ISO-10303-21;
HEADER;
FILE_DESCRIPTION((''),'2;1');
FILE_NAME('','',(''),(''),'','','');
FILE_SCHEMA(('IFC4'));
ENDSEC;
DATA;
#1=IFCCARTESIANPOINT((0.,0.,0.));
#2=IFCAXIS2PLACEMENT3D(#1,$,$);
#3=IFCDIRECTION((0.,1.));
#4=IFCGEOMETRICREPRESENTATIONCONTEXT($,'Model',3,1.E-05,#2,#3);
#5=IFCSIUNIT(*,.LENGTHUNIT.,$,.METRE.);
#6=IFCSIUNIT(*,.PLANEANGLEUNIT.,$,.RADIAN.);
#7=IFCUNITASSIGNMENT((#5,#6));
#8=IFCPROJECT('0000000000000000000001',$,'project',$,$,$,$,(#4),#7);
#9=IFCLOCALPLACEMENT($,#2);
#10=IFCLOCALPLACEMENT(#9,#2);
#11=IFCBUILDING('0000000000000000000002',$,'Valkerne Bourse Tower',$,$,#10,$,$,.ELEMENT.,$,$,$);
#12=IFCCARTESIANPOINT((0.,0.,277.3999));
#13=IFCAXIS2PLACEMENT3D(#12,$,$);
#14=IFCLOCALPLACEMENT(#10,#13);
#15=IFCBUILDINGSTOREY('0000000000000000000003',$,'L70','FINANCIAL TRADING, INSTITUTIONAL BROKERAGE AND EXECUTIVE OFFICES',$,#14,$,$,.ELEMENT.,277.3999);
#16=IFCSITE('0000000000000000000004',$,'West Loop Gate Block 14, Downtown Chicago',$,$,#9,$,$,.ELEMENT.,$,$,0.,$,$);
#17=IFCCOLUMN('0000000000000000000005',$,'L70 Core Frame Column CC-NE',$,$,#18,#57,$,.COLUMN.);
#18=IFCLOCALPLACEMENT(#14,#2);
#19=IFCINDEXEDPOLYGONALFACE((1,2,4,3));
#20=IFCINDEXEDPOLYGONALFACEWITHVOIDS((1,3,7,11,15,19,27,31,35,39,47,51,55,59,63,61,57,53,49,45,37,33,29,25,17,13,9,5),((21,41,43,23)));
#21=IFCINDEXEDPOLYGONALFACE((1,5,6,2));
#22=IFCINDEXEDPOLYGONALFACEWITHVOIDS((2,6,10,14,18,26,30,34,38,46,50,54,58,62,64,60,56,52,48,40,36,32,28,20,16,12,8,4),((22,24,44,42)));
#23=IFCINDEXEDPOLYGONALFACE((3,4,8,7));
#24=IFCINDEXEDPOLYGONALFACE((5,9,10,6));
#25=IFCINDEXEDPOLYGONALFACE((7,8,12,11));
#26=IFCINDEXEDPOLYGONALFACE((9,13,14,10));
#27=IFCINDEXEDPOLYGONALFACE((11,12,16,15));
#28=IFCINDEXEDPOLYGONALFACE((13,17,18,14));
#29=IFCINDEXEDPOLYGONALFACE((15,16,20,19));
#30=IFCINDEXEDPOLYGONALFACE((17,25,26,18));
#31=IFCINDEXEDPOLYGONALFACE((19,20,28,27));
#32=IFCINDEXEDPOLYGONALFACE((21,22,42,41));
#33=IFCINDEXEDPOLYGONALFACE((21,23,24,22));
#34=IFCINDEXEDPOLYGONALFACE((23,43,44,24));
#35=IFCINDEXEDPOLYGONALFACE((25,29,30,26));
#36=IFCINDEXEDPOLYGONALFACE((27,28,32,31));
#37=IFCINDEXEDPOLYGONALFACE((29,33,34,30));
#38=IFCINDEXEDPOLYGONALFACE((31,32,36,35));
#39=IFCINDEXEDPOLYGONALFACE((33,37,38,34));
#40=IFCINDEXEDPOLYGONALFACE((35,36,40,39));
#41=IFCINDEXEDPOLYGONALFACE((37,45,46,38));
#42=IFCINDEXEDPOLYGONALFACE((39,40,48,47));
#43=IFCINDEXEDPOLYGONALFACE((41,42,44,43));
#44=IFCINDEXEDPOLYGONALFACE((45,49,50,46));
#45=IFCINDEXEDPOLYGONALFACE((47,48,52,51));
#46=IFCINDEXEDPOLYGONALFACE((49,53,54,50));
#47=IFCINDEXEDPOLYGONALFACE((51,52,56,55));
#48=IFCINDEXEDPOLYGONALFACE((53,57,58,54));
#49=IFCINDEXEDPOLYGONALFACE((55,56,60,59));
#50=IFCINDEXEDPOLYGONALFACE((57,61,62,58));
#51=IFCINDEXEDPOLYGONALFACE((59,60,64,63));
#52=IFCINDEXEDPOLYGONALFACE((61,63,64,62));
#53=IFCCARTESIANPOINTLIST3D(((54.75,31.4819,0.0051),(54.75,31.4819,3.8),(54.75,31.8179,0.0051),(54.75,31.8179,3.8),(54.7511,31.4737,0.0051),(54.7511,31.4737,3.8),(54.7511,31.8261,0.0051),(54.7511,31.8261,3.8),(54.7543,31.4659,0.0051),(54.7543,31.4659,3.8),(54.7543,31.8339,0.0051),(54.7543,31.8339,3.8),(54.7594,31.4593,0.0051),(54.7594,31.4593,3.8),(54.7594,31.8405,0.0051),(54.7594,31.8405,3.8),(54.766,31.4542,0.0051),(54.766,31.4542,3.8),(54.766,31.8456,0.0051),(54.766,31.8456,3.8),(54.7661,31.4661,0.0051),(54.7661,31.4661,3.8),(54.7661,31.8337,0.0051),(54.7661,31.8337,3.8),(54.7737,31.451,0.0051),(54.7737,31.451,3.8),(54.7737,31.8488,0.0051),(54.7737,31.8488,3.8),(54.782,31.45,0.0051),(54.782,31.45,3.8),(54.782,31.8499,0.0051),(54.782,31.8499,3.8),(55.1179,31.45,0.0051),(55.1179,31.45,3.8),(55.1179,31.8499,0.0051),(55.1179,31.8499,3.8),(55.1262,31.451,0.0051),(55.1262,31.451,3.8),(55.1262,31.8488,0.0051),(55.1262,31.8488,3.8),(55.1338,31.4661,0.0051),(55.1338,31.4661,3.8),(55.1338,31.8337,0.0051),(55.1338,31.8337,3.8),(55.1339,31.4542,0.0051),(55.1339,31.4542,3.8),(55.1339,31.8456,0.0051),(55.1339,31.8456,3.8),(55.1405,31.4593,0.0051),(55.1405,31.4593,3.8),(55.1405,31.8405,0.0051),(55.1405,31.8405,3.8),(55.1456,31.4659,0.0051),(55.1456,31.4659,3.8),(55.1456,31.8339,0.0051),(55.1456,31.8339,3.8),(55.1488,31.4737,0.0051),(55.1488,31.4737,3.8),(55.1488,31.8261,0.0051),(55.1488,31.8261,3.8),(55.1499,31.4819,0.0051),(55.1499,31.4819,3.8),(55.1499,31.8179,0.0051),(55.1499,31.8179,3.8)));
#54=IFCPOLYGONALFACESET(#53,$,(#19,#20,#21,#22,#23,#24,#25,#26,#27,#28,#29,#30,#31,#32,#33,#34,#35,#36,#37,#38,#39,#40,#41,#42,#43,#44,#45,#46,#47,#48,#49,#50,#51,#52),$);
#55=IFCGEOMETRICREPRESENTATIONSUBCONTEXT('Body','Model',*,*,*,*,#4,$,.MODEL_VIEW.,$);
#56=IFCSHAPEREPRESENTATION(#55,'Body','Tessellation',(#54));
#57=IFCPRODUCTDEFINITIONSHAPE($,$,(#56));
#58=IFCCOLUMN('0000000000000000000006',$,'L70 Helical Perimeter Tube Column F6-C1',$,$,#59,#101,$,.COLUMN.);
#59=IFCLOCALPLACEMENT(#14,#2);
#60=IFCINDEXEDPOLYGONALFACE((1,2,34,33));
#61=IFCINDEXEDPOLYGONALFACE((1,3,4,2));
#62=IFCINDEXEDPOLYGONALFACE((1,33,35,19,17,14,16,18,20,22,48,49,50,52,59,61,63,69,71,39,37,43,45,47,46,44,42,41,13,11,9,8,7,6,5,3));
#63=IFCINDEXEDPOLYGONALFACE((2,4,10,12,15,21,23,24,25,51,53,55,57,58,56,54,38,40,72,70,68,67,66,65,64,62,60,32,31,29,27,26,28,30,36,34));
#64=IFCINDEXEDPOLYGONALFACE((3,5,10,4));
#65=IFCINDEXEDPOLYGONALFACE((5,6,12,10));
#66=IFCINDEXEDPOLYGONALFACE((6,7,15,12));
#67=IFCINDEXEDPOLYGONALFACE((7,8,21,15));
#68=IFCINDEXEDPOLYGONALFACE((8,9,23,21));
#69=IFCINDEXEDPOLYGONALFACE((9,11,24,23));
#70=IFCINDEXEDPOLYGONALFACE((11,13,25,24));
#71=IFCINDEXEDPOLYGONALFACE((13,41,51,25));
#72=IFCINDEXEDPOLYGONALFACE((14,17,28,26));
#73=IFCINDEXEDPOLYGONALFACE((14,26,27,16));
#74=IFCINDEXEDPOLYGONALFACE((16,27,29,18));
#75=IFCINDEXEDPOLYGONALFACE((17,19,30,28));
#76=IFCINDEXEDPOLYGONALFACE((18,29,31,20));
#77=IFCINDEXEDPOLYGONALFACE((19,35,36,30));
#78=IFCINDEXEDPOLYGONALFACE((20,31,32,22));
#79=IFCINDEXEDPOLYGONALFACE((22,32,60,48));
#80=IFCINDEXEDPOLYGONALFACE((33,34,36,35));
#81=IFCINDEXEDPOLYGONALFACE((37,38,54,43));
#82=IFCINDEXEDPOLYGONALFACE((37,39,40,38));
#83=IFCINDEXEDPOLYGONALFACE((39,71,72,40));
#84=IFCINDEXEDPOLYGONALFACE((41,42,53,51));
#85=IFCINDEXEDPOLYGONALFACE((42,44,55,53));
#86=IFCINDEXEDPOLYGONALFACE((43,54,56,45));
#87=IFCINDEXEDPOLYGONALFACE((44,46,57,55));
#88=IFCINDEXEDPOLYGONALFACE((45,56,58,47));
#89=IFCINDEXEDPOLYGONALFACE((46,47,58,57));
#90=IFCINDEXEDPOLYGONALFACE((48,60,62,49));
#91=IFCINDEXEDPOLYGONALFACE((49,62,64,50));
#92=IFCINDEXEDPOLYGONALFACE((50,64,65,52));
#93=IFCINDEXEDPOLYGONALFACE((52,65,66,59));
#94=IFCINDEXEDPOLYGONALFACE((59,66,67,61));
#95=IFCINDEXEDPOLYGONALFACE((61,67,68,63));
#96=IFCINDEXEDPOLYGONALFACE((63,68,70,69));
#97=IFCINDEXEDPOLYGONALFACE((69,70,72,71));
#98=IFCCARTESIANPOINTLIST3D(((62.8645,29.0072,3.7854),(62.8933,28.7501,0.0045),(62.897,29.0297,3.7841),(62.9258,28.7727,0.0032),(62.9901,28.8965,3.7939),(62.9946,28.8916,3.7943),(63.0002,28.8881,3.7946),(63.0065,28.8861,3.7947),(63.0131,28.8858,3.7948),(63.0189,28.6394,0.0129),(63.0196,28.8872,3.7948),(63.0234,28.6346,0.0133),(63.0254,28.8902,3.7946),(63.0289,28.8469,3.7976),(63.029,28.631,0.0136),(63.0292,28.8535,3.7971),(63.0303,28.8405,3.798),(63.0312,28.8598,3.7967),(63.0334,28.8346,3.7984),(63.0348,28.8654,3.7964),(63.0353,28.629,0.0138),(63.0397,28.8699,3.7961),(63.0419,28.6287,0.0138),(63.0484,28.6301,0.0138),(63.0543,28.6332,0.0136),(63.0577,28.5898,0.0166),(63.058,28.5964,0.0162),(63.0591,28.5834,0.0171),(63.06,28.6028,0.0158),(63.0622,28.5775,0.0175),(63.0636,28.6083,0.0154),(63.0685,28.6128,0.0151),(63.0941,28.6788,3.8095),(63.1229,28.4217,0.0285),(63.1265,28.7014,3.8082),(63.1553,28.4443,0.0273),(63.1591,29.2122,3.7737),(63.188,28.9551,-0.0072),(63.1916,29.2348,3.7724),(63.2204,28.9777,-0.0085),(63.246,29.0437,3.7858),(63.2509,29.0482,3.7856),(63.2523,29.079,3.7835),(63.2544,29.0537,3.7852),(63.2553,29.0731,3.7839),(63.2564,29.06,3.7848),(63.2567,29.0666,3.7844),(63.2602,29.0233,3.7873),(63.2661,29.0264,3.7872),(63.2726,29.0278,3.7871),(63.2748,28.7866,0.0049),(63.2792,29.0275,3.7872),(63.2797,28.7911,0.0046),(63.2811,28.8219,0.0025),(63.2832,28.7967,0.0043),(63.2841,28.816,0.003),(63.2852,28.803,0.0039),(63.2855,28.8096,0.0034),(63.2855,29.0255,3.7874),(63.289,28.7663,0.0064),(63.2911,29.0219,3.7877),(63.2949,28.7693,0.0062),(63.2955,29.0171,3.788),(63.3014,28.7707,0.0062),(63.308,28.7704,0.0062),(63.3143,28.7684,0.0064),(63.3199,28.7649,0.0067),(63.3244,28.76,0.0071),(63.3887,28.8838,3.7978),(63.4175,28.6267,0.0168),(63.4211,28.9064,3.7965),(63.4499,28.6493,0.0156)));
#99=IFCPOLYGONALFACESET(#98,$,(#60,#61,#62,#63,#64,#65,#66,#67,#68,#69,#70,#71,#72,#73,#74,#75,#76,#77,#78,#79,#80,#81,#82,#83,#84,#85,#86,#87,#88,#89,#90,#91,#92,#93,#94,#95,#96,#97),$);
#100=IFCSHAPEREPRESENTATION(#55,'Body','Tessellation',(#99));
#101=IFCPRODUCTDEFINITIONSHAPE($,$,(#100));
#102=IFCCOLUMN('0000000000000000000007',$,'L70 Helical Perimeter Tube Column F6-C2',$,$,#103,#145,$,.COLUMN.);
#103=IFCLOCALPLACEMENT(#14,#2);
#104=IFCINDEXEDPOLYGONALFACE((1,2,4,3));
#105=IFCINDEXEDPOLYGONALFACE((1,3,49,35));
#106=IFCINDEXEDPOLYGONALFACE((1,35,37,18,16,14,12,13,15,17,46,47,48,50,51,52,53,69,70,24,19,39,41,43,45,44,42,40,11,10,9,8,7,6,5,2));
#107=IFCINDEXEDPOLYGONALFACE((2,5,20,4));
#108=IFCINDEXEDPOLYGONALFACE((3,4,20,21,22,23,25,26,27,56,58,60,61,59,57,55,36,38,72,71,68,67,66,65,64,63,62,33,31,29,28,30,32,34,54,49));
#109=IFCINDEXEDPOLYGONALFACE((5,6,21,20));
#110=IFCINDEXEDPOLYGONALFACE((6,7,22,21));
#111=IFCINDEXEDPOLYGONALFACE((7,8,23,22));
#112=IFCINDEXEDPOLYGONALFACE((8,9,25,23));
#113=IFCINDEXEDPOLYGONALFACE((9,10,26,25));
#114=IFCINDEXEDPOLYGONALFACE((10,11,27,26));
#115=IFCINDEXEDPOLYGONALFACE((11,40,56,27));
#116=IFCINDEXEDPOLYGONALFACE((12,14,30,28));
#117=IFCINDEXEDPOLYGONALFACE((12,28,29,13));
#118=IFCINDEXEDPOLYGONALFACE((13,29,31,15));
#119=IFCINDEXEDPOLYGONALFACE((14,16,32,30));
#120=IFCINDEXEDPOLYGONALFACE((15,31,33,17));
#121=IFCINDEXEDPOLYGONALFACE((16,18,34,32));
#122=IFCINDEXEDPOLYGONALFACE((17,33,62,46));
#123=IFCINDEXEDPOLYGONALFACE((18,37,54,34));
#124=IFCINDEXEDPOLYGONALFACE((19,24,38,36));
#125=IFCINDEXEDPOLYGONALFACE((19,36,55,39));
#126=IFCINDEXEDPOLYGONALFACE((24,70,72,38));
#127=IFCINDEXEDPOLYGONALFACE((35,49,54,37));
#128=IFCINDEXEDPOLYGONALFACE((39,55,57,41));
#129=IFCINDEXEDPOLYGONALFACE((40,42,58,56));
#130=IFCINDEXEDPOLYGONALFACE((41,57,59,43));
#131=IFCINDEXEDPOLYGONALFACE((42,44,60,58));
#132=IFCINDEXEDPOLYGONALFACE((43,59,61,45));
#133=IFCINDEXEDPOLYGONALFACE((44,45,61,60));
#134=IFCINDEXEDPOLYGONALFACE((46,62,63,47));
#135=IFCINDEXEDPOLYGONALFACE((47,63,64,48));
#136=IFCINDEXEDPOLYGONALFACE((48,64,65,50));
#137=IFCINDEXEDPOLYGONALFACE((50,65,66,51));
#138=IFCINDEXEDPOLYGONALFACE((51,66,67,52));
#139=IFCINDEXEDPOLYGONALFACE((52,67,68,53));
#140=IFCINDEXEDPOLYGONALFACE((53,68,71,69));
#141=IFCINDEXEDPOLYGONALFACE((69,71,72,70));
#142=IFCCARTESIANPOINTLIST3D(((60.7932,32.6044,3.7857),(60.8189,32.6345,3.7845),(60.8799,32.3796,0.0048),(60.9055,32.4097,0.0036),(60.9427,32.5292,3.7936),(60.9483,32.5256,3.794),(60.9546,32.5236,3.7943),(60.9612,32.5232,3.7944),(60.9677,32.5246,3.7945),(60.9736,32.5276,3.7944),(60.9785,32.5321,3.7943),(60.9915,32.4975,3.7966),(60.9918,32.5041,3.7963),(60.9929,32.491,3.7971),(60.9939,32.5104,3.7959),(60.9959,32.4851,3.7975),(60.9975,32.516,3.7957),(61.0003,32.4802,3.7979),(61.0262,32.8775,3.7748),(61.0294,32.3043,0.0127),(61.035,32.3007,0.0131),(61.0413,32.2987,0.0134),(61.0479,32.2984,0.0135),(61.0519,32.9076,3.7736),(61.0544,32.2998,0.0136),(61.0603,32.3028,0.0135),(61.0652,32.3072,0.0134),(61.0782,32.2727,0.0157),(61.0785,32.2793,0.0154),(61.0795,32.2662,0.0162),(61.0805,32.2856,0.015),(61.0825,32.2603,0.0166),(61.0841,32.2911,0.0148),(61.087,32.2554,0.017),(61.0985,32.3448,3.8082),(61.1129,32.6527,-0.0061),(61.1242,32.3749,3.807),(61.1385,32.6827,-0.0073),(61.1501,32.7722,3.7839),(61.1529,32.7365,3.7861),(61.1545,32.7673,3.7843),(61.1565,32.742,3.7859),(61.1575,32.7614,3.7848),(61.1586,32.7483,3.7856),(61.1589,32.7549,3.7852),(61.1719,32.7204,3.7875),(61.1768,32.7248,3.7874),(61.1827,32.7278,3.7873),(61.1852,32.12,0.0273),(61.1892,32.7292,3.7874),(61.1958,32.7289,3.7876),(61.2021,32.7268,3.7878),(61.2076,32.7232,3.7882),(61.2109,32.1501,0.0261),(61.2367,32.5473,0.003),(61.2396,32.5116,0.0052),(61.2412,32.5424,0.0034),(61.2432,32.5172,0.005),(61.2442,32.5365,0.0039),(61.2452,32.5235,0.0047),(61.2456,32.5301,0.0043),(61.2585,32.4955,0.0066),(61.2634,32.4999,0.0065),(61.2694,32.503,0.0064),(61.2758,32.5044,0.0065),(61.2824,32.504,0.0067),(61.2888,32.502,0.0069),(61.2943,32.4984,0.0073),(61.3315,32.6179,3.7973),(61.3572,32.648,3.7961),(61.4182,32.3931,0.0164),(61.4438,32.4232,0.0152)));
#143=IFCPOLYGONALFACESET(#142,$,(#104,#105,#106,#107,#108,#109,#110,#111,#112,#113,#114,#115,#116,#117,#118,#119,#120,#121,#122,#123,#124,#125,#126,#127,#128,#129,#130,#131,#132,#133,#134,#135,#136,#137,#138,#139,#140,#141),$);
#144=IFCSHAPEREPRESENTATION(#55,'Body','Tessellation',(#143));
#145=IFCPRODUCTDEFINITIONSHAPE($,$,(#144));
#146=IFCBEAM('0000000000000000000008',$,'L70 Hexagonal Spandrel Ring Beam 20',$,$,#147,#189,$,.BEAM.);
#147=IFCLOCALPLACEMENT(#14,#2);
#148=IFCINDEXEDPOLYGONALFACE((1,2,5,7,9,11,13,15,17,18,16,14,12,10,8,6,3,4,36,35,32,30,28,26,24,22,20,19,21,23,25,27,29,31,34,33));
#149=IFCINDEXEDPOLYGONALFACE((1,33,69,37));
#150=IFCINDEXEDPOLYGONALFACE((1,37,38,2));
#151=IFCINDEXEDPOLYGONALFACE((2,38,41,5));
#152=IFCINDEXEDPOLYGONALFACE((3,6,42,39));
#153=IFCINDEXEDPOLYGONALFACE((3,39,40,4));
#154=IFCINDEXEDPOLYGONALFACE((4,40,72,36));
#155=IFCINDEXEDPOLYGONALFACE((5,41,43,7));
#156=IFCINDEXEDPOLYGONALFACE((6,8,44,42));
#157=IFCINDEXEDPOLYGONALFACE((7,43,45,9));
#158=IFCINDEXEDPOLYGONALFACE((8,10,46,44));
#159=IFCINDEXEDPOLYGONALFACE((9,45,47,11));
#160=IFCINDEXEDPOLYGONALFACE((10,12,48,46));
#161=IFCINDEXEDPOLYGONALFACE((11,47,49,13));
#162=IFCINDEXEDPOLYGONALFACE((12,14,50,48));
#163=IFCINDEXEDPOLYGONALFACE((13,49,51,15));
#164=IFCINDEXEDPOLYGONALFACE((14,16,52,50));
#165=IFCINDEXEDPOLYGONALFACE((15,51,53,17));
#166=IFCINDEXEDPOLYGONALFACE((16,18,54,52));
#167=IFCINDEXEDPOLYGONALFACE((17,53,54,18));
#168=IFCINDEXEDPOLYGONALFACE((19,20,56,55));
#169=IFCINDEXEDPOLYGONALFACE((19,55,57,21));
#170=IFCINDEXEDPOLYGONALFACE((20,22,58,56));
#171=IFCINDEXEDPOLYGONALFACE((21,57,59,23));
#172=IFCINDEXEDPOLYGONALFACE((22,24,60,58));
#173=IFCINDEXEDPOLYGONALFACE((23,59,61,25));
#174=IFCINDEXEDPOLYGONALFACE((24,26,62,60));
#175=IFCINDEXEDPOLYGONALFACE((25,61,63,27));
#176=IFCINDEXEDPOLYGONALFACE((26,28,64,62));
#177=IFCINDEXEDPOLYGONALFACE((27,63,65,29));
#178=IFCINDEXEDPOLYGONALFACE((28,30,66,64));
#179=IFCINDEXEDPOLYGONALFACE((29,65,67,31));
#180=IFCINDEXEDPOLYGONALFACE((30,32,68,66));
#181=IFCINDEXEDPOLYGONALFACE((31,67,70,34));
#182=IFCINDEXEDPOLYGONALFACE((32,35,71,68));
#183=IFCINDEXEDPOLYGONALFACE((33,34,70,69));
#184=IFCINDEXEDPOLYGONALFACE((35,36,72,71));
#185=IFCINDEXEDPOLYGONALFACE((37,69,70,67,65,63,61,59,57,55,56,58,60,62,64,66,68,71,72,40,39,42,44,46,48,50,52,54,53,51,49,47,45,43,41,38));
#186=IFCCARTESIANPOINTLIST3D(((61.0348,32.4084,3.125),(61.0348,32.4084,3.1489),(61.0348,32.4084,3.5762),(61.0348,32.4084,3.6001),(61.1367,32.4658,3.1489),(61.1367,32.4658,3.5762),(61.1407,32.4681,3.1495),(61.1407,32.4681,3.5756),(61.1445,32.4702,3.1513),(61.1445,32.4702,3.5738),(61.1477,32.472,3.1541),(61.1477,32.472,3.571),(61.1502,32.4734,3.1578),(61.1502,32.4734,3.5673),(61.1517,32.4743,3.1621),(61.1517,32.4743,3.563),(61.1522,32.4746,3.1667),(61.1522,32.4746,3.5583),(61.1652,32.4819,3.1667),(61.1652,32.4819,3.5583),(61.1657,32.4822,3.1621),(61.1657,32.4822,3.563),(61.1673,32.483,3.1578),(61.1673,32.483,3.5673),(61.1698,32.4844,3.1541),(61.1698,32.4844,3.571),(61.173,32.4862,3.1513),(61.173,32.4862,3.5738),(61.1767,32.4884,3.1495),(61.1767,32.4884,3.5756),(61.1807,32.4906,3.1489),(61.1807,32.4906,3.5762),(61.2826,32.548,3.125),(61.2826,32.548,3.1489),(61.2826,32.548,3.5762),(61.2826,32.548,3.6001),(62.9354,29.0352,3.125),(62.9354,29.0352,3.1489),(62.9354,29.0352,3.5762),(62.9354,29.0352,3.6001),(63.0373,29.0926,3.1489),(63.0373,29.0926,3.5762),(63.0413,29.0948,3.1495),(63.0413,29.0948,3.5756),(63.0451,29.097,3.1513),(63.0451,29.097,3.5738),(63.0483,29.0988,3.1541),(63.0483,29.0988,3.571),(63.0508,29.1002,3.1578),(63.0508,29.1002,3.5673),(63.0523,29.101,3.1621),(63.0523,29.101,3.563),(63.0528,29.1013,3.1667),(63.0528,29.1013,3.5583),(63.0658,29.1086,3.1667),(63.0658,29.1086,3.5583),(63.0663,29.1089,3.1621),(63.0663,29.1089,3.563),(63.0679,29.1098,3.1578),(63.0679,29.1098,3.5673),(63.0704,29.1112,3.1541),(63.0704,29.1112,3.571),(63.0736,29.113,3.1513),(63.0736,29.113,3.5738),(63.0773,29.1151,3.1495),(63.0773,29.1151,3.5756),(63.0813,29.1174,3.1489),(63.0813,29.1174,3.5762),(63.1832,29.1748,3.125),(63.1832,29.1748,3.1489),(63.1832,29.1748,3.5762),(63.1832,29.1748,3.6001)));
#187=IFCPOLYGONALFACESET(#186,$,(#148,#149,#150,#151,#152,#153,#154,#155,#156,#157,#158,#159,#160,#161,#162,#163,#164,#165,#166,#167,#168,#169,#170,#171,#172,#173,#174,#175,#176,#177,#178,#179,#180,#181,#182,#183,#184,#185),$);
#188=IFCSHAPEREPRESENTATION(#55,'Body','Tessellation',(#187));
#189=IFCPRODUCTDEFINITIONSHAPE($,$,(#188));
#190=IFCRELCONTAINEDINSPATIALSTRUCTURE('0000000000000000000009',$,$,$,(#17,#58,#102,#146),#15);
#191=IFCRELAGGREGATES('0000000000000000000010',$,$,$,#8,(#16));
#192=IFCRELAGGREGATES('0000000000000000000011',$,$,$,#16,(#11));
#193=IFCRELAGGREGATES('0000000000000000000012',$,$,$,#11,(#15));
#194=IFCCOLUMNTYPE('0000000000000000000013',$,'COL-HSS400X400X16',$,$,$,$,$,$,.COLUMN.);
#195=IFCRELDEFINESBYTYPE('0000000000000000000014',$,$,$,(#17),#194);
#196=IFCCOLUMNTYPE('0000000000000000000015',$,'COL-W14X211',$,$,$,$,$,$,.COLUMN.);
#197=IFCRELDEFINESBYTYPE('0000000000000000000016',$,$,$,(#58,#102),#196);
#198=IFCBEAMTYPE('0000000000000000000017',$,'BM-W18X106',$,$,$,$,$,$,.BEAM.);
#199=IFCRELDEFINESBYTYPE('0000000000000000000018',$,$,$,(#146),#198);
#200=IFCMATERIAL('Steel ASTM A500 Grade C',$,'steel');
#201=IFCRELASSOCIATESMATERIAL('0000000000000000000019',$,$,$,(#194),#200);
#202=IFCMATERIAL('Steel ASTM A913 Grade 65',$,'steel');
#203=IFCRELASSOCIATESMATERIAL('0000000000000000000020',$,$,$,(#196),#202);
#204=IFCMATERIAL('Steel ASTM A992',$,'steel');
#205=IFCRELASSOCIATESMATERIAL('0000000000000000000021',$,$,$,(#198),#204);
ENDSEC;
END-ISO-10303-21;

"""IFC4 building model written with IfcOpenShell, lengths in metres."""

from ifc_helpers import new_model, si_unit, direction, frame, origin, origin_2d, place, context, subcontext, project, spatial, hollow_rectangle, i_section, extrude, material, material_profile, profile_set, type_object, element, save


model = new_model("IFC4")

# Units and contexts
model_context = context("Model", 3, precision=1e-05, world=origin(), true_north=direction((0.0, 1.0)))
body_context = subcontext(model_context, "Body", "Model", "MODEL_VIEW")
ifc_project = project(units=[si_unit("LENGTHUNIT", "METRE"), si_unit("PLANEANGLEUNIT", "RADIAN")], contexts=[model_context])

# Site, building, storey
site_placement = place(None, origin())
site = spatial("IfcSite", under=ifc_project, at=site_placement, Name="West Loop Gate Block 14, Downtown Chicago", CompositionType="ELEMENT", RefElevation=0.0)
building_placement = place(site_placement, origin())
building = spatial("IfcBuilding", under=site, at=building_placement, Name="Valkerne Bourse Tower", CompositionType="ELEMENT")
storey_placement = place(building_placement, frame((0.0, 0.0, 277.3999)))
storey = spatial("IfcBuildingStorey", under=building, at=storey_placement, Name="L70", Description="FINANCIAL TRADING, INSTITUTIONAL BROKERAGE AND EXECUTIVE OFFICES", CompositionType="ELEMENT", Elevation=277.3999)

# Columns
ifc_material_1 = material(Name="Steel ASTM A500 Grade C", Category="steel")
ifc_material_profile_1 = material_profile(ifc_material_1, hollow_rectangle(XDim=0.3999, YDim=0.3999, WallThickness=0.0161, OuterFilletRadius=0.032, at=origin_2d()), Name="HSS400X400X16")
ifc_profile_set_1 = profile_set([ifc_material_profile_1], Name="Steel ASTM A500 Grade C")
column_type_1 = type_object("IfcColumnType", Name="COL-HSS400X400X16", PredefinedType="COLUMN", material=ifc_profile_set_1)
column_1_placement = place(storey_placement, frame((54.95, 31.6499, 0.0051), z_axis=(0.0, 0.0, 1.0), x_axis=(1.0, 0.0, 0.0)))
element("IfcColumn", 1, at=column_1_placement, inside=storey, type_object=column_type_1, Name="L70 Core Frame Column CC-NE", PredefinedType="COLUMN", context=body_context, shape_type="SweptSolid", body=[
    extrude(hollow_rectangle(XDim=0.3999, YDim=0.3999, WallThickness=0.0161, OuterFilletRadius=0.032, at=origin_2d()), origin(), (0.0, 0.0, 1.0), 3.7949),
])
ifc_material_2 = material(Name="Steel ASTM A913 Grade 65", Category="steel")
ifc_material_profile_2 = material_profile(ifc_material_2, i_section(OverallWidth=0.4014, OverallDepth=0.3987, WebThickness=0.0249, FlangeThickness=0.0396, FilletRadius=0.0254, at=origin_2d()), Name="W14X211")
ifc_profile_set_2 = profile_set([ifc_material_profile_2], Name="Steel ASTM A913 Grade 65")
column_type_2 = type_object("IfcColumnType", Name="COL-W14X211", PredefinedType="COLUMN", material=ifc_profile_set_2)
column_2_placement = place(storey_placement, frame((63.1716, 28.6997, 0.01), z_axis=(-0.007602, 0.067834, 0.997668), x_axis=(0.571831, -0.818175, 0.059987)))
element("IfcColumn", 2, at=column_2_placement, inside=storey, type_object=column_type_2, Name="L70 Helical Perimeter Tube Column F6-C1", PredefinedType="COLUMN", context=body_context, shape_type="SweptSolid", body=[
    extrude(i_section(OverallWidth=0.4014, OverallDepth=0.3987, WebThickness=0.0249, FlangeThickness=0.0396, FilletRadius=0.0254, at=origin_2d()), origin(), (0.0, 0.0, 1.0), 3.7898),
])
column_3_placement = place(storey_placement, frame((61.1619, 32.4014, 0.01), z_axis=(-0.022876, 0.059349, 0.997975), x_axis=(0.760663, -0.646736, 0.055897)))
element("IfcColumn", 3, at=column_3_placement, inside=storey, type_object=column_type_2, Name="L70 Helical Perimeter Tube Column F6-C2", PredefinedType="COLUMN", context=body_context, shape_type="SweptSolid", body=[
    extrude(i_section(OverallWidth=0.4014, OverallDepth=0.3987, WebThickness=0.0249, FlangeThickness=0.0396, FilletRadius=0.0254, at=origin_2d()), origin(), (0.0, 0.0, 1.0), 3.7886),
])

# Beam
ifc_material_3 = material(Name="Steel ASTM A992", Category="steel")
ifc_material_profile_3 = material_profile(ifc_material_3, i_section(OverallWidth=0.2844, OverallDepth=0.4751, WebThickness=0.0149, FlangeThickness=0.0239, FilletRadius=0.0178, at=origin_2d()), Name="W18X106")
ifc_profile_set_3 = profile_set([ifc_material_profile_3], Name="Steel ASTM A992")
beam_type_1 = type_object("IfcBeamType", Name="BM-W18X106", PredefinedType="BEAM", material=ifc_profile_set_3)
for number, where, z_axis, x_axis, name in (
    (4, (63.0593, 29.105, 3.3625), (-0.490881, 0.871227, 0.0), (-0.871227, -0.490881, 0.0), "L70 Hexagonal Spandrel Ring Beam 20"),
):
    element("IfcBeam", number, at=place(storey_placement, frame(where, z_axis=z_axis, x_axis=x_axis)), inside=storey, type_object=beam_type_1, Name=name, PredefinedType="BEAM", context=body_context, shape_type="SweptSolid", body=[
        extrude(i_section(OverallWidth=0.2844, OverallDepth=0.4751, WebThickness=0.0149, FlangeThickness=0.0239, FilletRadius=0.0178, at=origin_2d()), origin(), (0.0, 0.0, 1.0), 3.8718),
    ])

save(model, "model.ifc")
